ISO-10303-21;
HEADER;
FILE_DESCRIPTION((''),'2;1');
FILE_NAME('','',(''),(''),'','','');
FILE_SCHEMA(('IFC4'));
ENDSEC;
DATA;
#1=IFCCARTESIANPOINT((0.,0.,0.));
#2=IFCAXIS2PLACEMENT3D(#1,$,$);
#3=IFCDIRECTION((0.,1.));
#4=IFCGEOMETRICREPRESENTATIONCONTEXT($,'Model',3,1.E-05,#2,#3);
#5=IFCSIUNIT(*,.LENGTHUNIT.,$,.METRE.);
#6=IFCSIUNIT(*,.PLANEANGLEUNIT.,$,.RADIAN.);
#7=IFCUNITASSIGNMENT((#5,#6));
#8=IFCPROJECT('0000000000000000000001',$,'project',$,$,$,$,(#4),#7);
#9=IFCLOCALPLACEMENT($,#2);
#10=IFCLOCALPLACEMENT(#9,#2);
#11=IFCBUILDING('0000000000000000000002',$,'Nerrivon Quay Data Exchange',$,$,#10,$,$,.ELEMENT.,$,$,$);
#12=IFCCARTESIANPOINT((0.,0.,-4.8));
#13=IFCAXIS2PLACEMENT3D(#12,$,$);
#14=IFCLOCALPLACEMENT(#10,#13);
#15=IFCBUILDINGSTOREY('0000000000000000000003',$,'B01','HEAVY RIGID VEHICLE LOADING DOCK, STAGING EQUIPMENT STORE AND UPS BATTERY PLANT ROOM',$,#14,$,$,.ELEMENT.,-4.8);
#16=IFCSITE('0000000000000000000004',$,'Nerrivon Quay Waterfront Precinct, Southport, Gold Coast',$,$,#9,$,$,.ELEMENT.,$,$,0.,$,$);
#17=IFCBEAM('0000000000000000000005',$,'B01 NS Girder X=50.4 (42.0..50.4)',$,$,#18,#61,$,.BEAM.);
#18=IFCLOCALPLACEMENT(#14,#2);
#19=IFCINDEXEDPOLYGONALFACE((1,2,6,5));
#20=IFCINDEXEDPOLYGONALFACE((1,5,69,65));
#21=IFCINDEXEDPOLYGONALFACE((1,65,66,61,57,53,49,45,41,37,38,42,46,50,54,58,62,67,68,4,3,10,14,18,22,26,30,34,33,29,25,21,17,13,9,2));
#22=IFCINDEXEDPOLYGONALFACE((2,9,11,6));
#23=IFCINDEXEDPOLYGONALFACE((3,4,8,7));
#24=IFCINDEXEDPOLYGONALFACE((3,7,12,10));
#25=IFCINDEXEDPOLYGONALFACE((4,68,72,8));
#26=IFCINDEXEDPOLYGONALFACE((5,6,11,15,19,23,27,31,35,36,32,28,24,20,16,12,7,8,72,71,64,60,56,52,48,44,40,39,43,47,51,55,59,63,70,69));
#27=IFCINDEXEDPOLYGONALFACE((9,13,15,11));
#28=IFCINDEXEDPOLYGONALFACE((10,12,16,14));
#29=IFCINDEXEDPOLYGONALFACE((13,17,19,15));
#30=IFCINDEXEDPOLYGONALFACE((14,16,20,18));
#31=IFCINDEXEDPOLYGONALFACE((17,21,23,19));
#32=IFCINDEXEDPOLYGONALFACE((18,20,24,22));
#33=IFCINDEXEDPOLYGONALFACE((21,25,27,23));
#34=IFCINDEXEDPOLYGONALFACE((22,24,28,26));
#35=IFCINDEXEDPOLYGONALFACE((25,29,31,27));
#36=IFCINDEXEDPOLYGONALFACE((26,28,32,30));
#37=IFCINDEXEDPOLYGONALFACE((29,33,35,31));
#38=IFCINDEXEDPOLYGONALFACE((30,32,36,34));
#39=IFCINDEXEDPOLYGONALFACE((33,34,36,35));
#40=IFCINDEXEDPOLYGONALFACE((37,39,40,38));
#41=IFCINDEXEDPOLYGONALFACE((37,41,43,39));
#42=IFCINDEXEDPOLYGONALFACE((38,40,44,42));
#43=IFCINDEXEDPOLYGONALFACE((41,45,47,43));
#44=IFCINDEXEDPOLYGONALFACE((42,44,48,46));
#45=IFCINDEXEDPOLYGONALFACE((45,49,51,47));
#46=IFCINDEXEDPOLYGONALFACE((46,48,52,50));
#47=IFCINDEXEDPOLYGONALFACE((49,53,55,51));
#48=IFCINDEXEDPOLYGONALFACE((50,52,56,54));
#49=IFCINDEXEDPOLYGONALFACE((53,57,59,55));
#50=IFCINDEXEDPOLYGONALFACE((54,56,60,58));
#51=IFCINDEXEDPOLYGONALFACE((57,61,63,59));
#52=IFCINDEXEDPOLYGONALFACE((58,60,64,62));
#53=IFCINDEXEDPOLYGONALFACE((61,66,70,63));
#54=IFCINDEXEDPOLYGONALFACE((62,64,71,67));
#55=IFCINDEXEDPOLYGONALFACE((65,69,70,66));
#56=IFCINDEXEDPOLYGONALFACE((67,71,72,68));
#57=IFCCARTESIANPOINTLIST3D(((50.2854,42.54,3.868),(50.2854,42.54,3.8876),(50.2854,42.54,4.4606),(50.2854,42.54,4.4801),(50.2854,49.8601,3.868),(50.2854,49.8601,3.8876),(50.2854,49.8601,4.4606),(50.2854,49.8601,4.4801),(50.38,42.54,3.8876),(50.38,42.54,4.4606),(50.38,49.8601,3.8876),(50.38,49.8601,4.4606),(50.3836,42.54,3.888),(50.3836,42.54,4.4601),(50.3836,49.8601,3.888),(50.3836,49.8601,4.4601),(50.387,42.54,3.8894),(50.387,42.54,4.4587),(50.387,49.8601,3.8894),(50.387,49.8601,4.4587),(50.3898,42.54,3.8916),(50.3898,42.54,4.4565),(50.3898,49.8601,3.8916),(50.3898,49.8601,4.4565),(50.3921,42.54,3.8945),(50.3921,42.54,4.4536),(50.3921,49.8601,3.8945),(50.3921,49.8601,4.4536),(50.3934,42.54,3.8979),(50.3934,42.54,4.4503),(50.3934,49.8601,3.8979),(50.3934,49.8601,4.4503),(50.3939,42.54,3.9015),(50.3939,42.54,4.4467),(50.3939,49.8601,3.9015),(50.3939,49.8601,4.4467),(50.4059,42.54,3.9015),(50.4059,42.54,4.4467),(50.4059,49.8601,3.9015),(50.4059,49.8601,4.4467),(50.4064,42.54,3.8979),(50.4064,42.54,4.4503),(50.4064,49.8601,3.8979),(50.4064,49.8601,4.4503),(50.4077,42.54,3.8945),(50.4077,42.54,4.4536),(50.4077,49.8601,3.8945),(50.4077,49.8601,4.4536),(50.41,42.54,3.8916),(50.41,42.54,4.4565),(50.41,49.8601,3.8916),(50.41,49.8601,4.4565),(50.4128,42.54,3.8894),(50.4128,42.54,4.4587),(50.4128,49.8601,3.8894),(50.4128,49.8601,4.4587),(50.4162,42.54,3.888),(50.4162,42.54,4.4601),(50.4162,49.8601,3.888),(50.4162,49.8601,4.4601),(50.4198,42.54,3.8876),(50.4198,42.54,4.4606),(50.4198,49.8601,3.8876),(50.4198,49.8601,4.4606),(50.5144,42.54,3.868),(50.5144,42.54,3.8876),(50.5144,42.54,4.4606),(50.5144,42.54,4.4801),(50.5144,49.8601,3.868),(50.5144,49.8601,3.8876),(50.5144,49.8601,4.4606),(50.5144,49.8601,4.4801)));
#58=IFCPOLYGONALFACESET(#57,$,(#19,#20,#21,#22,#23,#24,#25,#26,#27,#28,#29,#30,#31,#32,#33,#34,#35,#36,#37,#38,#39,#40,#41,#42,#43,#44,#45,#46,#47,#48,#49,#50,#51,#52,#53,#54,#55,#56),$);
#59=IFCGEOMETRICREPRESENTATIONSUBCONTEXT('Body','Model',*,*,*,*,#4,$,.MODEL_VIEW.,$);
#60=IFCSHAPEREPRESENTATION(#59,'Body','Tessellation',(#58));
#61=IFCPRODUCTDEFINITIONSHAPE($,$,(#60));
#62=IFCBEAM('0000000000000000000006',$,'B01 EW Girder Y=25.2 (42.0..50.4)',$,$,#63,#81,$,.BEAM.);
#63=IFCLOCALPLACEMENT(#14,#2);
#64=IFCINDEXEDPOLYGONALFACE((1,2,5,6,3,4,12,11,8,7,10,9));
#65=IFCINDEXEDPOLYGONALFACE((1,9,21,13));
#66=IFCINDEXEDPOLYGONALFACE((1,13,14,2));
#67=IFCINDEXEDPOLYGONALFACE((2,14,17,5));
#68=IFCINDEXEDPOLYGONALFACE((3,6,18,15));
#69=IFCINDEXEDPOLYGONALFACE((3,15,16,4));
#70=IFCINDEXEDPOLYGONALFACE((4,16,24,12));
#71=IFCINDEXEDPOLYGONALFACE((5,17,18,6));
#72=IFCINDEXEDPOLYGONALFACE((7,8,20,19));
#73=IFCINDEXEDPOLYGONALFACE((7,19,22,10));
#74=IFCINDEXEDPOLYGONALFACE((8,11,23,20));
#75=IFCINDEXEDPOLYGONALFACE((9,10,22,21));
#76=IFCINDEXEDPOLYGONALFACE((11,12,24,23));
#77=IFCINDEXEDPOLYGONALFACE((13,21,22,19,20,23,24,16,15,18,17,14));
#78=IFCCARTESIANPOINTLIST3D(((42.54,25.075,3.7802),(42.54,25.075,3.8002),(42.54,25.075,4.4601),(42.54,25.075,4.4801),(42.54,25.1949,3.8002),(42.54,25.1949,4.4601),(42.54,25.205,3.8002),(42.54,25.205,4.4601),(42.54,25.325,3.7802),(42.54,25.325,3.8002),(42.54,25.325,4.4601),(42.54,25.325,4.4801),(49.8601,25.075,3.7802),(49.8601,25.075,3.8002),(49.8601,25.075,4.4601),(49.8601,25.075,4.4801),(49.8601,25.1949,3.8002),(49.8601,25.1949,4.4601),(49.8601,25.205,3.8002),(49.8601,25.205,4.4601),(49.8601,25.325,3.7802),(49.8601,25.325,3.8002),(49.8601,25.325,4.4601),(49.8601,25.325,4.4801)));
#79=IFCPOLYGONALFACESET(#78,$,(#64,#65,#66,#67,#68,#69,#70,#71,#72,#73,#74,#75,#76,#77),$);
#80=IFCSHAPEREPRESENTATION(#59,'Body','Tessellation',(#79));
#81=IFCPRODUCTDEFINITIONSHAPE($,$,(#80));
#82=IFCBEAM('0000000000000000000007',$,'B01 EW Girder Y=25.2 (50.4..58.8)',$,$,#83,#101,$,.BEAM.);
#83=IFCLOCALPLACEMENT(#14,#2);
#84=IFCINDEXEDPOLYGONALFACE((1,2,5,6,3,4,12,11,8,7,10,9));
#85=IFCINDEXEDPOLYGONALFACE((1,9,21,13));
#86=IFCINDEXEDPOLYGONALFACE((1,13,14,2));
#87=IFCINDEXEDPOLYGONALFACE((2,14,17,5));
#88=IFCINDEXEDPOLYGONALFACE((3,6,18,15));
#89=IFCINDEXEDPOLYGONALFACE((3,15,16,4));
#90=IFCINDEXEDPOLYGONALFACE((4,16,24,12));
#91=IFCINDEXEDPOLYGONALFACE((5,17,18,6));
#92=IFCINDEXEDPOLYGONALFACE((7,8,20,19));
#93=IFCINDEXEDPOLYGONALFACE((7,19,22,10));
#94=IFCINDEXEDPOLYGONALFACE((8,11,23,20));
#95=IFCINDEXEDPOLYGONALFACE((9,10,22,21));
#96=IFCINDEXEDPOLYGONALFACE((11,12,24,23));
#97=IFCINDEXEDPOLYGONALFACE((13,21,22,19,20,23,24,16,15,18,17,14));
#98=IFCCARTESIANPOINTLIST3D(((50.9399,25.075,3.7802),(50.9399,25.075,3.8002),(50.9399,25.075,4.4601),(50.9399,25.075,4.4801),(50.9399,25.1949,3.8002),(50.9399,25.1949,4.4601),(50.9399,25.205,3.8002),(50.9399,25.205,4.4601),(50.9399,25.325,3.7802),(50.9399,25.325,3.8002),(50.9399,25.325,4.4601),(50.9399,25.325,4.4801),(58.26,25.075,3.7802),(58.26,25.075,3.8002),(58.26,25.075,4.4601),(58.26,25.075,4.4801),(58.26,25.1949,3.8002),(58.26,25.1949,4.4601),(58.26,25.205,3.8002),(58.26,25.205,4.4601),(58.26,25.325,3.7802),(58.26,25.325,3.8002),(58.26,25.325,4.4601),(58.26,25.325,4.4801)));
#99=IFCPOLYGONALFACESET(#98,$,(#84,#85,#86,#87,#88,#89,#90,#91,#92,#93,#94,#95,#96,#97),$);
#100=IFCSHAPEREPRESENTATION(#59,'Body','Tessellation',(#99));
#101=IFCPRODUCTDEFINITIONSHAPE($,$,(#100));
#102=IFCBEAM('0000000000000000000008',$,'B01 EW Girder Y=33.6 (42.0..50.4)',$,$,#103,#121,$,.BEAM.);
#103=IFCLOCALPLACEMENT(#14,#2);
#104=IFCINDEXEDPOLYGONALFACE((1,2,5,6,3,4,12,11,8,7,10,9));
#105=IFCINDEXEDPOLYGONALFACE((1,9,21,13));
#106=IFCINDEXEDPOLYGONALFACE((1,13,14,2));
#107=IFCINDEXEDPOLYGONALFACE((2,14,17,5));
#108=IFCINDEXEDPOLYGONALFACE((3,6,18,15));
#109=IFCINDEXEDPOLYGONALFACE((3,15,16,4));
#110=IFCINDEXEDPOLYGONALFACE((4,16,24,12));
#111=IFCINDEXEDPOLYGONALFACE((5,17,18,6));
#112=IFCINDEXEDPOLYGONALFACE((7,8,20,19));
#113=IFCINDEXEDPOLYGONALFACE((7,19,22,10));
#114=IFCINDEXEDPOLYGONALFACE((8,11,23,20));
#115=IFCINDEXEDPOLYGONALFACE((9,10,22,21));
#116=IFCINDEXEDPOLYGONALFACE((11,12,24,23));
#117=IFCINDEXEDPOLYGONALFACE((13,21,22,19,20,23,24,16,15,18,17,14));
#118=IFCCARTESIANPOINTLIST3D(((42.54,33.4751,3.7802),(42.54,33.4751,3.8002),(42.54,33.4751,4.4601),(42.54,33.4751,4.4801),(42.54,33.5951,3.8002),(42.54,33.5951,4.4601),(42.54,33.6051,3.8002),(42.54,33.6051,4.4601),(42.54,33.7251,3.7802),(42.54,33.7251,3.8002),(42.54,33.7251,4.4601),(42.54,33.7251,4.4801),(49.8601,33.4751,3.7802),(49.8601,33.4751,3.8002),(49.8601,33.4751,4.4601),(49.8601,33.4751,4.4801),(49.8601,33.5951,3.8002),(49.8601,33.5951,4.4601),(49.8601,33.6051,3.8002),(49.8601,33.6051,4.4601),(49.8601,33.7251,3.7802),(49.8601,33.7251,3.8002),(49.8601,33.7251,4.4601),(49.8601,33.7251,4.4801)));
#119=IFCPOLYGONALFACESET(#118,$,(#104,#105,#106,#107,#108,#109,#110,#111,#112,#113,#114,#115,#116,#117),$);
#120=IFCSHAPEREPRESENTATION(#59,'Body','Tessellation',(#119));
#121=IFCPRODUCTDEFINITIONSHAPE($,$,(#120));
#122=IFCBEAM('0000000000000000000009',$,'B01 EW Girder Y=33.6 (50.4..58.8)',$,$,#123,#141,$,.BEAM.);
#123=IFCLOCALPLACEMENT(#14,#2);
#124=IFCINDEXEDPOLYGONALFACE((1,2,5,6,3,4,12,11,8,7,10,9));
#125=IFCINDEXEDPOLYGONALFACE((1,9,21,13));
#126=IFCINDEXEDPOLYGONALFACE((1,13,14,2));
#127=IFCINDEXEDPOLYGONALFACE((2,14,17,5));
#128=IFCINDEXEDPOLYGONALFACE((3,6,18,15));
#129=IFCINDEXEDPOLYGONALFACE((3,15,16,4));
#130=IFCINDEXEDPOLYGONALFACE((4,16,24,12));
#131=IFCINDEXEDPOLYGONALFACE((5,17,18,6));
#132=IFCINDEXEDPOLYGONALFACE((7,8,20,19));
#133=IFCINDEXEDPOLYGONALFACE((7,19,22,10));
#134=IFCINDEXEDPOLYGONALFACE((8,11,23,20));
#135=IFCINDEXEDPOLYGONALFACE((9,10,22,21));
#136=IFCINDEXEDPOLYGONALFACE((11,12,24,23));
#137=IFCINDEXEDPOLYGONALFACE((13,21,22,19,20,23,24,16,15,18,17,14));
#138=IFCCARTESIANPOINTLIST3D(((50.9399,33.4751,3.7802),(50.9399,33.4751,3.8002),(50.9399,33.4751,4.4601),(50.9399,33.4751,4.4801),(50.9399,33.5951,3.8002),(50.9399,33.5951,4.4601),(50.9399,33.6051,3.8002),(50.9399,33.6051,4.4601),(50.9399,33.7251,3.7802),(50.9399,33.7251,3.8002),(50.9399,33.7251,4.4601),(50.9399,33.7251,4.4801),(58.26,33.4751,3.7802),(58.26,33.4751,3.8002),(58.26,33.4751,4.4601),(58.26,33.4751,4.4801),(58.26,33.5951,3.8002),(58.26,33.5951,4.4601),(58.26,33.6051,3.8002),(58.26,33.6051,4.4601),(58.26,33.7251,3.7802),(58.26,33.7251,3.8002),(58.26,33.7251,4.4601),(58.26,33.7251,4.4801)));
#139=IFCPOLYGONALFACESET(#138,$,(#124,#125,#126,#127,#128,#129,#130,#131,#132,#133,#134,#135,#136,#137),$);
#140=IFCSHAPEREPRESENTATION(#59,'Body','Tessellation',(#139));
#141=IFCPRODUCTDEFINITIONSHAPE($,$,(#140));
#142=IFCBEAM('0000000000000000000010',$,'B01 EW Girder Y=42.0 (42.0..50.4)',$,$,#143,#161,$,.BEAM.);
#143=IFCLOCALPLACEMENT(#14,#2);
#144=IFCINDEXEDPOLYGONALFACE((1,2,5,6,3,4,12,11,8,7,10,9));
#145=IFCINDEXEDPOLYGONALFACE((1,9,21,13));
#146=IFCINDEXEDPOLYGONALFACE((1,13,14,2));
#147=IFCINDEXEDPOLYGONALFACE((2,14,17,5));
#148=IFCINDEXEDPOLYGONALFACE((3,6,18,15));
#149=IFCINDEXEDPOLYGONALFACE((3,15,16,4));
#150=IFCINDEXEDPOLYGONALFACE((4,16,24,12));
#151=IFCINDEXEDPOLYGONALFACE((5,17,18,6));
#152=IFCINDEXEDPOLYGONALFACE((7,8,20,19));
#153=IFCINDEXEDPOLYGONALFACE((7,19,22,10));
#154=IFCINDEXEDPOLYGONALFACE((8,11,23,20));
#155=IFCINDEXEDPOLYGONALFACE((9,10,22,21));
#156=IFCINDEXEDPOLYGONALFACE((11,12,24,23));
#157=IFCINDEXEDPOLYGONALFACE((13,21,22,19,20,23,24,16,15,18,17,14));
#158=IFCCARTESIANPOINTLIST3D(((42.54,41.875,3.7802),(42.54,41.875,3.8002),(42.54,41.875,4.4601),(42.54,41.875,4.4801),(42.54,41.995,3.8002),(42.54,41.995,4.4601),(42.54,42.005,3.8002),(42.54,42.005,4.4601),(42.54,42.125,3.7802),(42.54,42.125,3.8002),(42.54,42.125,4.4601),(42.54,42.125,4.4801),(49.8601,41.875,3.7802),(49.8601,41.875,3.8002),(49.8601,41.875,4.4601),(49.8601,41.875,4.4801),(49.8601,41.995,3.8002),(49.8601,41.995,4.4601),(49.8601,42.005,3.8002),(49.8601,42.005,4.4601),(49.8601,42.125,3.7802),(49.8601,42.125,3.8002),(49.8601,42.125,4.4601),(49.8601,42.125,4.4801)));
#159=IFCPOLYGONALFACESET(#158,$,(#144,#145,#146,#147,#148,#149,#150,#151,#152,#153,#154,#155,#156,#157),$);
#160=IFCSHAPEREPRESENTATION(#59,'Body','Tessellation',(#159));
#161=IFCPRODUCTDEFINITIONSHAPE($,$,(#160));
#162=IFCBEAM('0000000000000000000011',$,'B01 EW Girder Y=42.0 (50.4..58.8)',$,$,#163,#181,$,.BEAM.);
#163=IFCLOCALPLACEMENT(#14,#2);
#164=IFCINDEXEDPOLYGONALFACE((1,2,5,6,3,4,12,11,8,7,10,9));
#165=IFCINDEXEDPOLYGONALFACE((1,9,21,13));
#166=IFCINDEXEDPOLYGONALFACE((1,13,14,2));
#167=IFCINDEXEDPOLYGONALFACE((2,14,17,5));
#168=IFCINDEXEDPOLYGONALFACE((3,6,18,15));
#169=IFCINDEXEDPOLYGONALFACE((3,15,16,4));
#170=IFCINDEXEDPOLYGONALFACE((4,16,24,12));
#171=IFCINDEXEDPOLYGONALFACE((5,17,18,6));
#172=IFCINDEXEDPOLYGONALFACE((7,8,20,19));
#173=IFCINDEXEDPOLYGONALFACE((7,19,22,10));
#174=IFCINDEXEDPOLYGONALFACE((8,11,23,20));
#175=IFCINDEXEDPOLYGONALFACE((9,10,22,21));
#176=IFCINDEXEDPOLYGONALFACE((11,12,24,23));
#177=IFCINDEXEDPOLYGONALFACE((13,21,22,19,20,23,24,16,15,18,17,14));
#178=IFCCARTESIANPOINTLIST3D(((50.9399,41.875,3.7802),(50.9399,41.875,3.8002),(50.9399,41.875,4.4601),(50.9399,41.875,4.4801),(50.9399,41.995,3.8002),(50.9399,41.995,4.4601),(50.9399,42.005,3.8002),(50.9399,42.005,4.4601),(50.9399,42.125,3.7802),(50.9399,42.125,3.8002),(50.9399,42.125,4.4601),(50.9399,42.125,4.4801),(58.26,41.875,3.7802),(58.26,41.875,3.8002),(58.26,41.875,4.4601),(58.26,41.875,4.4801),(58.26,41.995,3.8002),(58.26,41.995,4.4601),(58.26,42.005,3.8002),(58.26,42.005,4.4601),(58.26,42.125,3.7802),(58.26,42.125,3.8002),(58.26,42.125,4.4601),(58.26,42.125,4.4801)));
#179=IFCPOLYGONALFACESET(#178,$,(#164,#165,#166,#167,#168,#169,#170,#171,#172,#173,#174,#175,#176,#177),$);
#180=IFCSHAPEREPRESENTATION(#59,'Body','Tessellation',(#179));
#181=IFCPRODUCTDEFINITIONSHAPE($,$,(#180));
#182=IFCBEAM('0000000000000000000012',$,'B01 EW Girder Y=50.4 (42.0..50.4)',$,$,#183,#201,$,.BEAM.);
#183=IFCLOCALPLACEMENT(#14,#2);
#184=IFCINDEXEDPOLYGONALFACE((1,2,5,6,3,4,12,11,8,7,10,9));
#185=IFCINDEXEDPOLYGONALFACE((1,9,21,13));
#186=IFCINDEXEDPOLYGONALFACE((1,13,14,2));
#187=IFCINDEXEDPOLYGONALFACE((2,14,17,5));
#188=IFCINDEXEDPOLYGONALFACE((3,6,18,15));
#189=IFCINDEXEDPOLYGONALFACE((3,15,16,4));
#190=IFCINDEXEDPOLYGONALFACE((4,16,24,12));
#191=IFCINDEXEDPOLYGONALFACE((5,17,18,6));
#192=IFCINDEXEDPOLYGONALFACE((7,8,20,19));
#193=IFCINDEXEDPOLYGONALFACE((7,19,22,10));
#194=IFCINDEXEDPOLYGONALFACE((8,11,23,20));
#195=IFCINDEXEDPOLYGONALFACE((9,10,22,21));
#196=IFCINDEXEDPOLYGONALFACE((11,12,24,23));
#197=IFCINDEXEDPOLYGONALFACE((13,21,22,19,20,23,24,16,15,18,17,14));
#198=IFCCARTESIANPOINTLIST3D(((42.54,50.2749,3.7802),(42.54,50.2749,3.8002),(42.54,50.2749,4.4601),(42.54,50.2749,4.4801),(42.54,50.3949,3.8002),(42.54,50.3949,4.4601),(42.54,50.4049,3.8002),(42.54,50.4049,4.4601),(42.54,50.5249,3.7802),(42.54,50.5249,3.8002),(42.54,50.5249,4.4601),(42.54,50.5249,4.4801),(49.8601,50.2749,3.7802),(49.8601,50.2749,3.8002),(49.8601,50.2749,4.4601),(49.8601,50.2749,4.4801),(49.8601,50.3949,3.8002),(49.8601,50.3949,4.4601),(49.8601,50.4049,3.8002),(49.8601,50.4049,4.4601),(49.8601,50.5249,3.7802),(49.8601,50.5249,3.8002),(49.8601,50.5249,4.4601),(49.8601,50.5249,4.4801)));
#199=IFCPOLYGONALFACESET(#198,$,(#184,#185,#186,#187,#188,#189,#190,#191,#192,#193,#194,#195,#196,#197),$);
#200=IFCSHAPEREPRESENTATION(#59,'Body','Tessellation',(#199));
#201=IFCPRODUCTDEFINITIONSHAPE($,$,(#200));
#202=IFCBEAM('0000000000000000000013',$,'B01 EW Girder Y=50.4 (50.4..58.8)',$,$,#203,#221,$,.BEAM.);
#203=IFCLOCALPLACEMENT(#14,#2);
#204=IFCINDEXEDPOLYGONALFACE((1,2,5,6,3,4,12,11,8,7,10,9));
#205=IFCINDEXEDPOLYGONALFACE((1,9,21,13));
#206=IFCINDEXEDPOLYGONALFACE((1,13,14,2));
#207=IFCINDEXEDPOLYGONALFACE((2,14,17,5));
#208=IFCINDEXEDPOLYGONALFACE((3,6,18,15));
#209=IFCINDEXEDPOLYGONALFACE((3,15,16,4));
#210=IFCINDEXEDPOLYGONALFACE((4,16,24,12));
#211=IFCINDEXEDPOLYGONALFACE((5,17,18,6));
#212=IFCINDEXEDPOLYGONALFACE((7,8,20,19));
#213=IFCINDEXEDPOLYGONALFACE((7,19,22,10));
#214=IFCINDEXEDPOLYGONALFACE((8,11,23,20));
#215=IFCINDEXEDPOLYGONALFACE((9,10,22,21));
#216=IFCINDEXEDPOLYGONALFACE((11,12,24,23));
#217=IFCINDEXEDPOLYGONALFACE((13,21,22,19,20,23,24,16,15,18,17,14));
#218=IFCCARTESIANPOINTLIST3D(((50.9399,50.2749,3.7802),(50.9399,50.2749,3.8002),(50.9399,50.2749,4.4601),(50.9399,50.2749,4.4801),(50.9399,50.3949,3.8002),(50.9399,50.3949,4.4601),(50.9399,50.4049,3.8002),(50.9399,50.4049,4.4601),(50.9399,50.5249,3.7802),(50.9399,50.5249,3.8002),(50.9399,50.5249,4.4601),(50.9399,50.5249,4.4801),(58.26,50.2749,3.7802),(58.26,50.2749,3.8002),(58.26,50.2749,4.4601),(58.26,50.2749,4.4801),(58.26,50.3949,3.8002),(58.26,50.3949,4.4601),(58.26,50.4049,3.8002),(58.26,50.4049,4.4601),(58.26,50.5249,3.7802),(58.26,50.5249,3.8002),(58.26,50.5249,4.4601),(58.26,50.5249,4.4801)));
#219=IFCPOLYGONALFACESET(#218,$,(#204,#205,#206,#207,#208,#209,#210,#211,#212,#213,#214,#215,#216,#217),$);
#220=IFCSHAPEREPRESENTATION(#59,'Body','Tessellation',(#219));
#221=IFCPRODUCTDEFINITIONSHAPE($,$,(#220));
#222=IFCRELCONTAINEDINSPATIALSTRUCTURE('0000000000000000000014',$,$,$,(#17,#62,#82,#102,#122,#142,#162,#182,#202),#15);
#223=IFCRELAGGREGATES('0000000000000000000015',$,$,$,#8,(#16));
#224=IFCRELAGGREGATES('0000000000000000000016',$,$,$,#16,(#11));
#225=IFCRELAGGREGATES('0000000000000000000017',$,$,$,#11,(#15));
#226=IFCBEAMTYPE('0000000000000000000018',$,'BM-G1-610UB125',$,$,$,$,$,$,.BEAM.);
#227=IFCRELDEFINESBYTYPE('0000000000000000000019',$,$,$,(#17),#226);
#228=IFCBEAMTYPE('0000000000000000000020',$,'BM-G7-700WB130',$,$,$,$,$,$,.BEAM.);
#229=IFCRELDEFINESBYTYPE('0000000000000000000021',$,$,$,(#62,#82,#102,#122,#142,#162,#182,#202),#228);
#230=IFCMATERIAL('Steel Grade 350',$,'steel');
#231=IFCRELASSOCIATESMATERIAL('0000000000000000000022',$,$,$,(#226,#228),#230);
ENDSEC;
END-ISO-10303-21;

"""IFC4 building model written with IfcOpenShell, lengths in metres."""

from ifc_helpers import new_model, si_unit, direction, frame, origin, origin_2d, place, context, subcontext, project, spatial, i_section, extrude, material, material_profile, profile_set, type_object, element, save


model = new_model("IFC4")

# Units and contexts
model_context = context("Model", 3, precision=1e-05, world=origin(), true_north=direction((0.0, 1.0)))
body_context = subcontext(model_context, "Body", "Model", "MODEL_VIEW")
ifc_project = project(units=[si_unit("LENGTHUNIT", "METRE"), si_unit("PLANEANGLEUNIT", "RADIAN")], contexts=[model_context])

# Site, building, storey
site_placement = place(None, origin())
site = spatial("IfcSite", under=ifc_project, at=site_placement, Name="Nerrivon Quay Waterfront Precinct, Southport, Gold Coast", CompositionType="ELEMENT", RefElevation=0.0)
building_placement = place(site_placement, origin())
building = spatial("IfcBuilding", under=site, at=building_placement, Name="Nerrivon Quay Data Exchange", CompositionType="ELEMENT")
storey_placement = place(building_placement, frame((0.0, 0.0, -4.8)))
storey = spatial("IfcBuildingStorey", under=building, at=storey_placement, Name="B01", Description="HEAVY RIGID VEHICLE LOADING DOCK, STAGING EQUIPMENT STORE AND UPS BATTERY PLANT ROOM", CompositionType="ELEMENT", Elevation=-4.8)

# Beams
ifc_material_1 = material(Name="Steel Grade 350", Category="steel")
ifc_material_profile_1 = material_profile(ifc_material_1, i_section(OverallWidth=0.229, OverallDepth=0.6121, WebThickness=0.012, FlangeThickness=0.0195, FilletRadius=0.0139, at=origin_2d()), Name="610UB125")
ifc_profile_set_1 = profile_set([ifc_material_profile_1], Name="Steel Grade 350")
beam_type_1 = type_object("IfcBeamType", Name="BM-G1-610UB125", PredefinedType="BEAM", material=ifc_profile_set_1)
for number, where, z_axis, x_axis, name in (
    (1, (50.3999, 42.54, 4.1741), (0.0, 1.0, 0.0), (-1.0, 0.0, 0.0), "B01 NS Girder X=50.4 (42.0..50.4)"),
):
    element("IfcBeam", number, at=place(storey_placement, frame(where, z_axis=z_axis, x_axis=x_axis)), inside=storey, type_object=beam_type_1, Name=name, PredefinedType="BEAM", context=body_context, shape_type="SweptSolid", body=[
        extrude(i_section(OverallWidth=0.229, OverallDepth=0.6121, WebThickness=0.012, FlangeThickness=0.0195, FilletRadius=0.0139, at=origin_2d()), origin(), (0.0, 0.0, 1.0), 7.3201),
    ])
ifc_material_profile_2 = material_profile(ifc_material_1, i_section(OverallWidth=0.25, OverallDepth=0.7, WebThickness=0.01, FlangeThickness=0.02, at=origin_2d()), Name="700WB130")
ifc_profile_set_2 = profile_set([ifc_material_profile_2], Name="Steel Grade 350")
beam_type_2 = type_object("IfcBeamType", Name="BM-G7-700WB130", PredefinedType="BEAM", material=ifc_profile_set_2)
for number, where, z_axis, x_axis, name in (
    (2, (42.54, 25.2, 4.1301), (1.0, 0.0, 0.0), (0.0, 1.0, 0.0), "B01 EW Girder Y=25.2 (42.0..50.4)"),
    (3, (50.9399, 25.2, 4.1301), (1.0, 0.0, 0.0), (0.0, 1.0, 0.0), "B01 EW Girder Y=25.2 (50.4..58.8)"),
    (4, (42.54, 33.6001, 4.1301), (1.0, 0.0, 0.0), (0.0, 1.0, 0.0), "B01 EW Girder Y=33.6 (42.0..50.4)"),
    (5, (50.9399, 33.6001, 4.1301), (1.0, 0.0, 0.0), (0.0, 1.0, 0.0), "B01 EW Girder Y=33.6 (50.4..58.8)"),
    (6, (42.54, 42.0, 4.1301), (1.0, 0.0, 0.0), (0.0, 1.0, 0.0), "B01 EW Girder Y=42.0 (42.0..50.4)"),
    (7, (50.9399, 42.0, 4.1301), (1.0, 0.0, 0.0), (0.0, 1.0, 0.0), "B01 EW Girder Y=42.0 (50.4..58.8)"),
    (8, (42.54, 50.3999, 4.1301), (1.0, 0.0, 0.0), (0.0, 1.0, 0.0), "B01 EW Girder Y=50.4 (42.0..50.4)"),
    (9, (50.9399, 50.3999, 4.1301), (1.0, 0.0, 0.0), (0.0, 1.0, 0.0), "B01 EW Girder Y=50.4 (50.4..58.8)"),
):
    element("IfcBeam", number, at=place(storey_placement, frame(where, z_axis=z_axis, x_axis=x_axis)), inside=storey, type_object=beam_type_2, Name=name, PredefinedType="BEAM", context=body_context, shape_type="SweptSolid", body=[
        extrude(i_section(OverallWidth=0.25, OverallDepth=0.7, WebThickness=0.01, FlangeThickness=0.02, at=origin_2d()), origin(), (0.0, 0.0, 1.0), 7.3201),
    ])

save(model, "model.ifc")
